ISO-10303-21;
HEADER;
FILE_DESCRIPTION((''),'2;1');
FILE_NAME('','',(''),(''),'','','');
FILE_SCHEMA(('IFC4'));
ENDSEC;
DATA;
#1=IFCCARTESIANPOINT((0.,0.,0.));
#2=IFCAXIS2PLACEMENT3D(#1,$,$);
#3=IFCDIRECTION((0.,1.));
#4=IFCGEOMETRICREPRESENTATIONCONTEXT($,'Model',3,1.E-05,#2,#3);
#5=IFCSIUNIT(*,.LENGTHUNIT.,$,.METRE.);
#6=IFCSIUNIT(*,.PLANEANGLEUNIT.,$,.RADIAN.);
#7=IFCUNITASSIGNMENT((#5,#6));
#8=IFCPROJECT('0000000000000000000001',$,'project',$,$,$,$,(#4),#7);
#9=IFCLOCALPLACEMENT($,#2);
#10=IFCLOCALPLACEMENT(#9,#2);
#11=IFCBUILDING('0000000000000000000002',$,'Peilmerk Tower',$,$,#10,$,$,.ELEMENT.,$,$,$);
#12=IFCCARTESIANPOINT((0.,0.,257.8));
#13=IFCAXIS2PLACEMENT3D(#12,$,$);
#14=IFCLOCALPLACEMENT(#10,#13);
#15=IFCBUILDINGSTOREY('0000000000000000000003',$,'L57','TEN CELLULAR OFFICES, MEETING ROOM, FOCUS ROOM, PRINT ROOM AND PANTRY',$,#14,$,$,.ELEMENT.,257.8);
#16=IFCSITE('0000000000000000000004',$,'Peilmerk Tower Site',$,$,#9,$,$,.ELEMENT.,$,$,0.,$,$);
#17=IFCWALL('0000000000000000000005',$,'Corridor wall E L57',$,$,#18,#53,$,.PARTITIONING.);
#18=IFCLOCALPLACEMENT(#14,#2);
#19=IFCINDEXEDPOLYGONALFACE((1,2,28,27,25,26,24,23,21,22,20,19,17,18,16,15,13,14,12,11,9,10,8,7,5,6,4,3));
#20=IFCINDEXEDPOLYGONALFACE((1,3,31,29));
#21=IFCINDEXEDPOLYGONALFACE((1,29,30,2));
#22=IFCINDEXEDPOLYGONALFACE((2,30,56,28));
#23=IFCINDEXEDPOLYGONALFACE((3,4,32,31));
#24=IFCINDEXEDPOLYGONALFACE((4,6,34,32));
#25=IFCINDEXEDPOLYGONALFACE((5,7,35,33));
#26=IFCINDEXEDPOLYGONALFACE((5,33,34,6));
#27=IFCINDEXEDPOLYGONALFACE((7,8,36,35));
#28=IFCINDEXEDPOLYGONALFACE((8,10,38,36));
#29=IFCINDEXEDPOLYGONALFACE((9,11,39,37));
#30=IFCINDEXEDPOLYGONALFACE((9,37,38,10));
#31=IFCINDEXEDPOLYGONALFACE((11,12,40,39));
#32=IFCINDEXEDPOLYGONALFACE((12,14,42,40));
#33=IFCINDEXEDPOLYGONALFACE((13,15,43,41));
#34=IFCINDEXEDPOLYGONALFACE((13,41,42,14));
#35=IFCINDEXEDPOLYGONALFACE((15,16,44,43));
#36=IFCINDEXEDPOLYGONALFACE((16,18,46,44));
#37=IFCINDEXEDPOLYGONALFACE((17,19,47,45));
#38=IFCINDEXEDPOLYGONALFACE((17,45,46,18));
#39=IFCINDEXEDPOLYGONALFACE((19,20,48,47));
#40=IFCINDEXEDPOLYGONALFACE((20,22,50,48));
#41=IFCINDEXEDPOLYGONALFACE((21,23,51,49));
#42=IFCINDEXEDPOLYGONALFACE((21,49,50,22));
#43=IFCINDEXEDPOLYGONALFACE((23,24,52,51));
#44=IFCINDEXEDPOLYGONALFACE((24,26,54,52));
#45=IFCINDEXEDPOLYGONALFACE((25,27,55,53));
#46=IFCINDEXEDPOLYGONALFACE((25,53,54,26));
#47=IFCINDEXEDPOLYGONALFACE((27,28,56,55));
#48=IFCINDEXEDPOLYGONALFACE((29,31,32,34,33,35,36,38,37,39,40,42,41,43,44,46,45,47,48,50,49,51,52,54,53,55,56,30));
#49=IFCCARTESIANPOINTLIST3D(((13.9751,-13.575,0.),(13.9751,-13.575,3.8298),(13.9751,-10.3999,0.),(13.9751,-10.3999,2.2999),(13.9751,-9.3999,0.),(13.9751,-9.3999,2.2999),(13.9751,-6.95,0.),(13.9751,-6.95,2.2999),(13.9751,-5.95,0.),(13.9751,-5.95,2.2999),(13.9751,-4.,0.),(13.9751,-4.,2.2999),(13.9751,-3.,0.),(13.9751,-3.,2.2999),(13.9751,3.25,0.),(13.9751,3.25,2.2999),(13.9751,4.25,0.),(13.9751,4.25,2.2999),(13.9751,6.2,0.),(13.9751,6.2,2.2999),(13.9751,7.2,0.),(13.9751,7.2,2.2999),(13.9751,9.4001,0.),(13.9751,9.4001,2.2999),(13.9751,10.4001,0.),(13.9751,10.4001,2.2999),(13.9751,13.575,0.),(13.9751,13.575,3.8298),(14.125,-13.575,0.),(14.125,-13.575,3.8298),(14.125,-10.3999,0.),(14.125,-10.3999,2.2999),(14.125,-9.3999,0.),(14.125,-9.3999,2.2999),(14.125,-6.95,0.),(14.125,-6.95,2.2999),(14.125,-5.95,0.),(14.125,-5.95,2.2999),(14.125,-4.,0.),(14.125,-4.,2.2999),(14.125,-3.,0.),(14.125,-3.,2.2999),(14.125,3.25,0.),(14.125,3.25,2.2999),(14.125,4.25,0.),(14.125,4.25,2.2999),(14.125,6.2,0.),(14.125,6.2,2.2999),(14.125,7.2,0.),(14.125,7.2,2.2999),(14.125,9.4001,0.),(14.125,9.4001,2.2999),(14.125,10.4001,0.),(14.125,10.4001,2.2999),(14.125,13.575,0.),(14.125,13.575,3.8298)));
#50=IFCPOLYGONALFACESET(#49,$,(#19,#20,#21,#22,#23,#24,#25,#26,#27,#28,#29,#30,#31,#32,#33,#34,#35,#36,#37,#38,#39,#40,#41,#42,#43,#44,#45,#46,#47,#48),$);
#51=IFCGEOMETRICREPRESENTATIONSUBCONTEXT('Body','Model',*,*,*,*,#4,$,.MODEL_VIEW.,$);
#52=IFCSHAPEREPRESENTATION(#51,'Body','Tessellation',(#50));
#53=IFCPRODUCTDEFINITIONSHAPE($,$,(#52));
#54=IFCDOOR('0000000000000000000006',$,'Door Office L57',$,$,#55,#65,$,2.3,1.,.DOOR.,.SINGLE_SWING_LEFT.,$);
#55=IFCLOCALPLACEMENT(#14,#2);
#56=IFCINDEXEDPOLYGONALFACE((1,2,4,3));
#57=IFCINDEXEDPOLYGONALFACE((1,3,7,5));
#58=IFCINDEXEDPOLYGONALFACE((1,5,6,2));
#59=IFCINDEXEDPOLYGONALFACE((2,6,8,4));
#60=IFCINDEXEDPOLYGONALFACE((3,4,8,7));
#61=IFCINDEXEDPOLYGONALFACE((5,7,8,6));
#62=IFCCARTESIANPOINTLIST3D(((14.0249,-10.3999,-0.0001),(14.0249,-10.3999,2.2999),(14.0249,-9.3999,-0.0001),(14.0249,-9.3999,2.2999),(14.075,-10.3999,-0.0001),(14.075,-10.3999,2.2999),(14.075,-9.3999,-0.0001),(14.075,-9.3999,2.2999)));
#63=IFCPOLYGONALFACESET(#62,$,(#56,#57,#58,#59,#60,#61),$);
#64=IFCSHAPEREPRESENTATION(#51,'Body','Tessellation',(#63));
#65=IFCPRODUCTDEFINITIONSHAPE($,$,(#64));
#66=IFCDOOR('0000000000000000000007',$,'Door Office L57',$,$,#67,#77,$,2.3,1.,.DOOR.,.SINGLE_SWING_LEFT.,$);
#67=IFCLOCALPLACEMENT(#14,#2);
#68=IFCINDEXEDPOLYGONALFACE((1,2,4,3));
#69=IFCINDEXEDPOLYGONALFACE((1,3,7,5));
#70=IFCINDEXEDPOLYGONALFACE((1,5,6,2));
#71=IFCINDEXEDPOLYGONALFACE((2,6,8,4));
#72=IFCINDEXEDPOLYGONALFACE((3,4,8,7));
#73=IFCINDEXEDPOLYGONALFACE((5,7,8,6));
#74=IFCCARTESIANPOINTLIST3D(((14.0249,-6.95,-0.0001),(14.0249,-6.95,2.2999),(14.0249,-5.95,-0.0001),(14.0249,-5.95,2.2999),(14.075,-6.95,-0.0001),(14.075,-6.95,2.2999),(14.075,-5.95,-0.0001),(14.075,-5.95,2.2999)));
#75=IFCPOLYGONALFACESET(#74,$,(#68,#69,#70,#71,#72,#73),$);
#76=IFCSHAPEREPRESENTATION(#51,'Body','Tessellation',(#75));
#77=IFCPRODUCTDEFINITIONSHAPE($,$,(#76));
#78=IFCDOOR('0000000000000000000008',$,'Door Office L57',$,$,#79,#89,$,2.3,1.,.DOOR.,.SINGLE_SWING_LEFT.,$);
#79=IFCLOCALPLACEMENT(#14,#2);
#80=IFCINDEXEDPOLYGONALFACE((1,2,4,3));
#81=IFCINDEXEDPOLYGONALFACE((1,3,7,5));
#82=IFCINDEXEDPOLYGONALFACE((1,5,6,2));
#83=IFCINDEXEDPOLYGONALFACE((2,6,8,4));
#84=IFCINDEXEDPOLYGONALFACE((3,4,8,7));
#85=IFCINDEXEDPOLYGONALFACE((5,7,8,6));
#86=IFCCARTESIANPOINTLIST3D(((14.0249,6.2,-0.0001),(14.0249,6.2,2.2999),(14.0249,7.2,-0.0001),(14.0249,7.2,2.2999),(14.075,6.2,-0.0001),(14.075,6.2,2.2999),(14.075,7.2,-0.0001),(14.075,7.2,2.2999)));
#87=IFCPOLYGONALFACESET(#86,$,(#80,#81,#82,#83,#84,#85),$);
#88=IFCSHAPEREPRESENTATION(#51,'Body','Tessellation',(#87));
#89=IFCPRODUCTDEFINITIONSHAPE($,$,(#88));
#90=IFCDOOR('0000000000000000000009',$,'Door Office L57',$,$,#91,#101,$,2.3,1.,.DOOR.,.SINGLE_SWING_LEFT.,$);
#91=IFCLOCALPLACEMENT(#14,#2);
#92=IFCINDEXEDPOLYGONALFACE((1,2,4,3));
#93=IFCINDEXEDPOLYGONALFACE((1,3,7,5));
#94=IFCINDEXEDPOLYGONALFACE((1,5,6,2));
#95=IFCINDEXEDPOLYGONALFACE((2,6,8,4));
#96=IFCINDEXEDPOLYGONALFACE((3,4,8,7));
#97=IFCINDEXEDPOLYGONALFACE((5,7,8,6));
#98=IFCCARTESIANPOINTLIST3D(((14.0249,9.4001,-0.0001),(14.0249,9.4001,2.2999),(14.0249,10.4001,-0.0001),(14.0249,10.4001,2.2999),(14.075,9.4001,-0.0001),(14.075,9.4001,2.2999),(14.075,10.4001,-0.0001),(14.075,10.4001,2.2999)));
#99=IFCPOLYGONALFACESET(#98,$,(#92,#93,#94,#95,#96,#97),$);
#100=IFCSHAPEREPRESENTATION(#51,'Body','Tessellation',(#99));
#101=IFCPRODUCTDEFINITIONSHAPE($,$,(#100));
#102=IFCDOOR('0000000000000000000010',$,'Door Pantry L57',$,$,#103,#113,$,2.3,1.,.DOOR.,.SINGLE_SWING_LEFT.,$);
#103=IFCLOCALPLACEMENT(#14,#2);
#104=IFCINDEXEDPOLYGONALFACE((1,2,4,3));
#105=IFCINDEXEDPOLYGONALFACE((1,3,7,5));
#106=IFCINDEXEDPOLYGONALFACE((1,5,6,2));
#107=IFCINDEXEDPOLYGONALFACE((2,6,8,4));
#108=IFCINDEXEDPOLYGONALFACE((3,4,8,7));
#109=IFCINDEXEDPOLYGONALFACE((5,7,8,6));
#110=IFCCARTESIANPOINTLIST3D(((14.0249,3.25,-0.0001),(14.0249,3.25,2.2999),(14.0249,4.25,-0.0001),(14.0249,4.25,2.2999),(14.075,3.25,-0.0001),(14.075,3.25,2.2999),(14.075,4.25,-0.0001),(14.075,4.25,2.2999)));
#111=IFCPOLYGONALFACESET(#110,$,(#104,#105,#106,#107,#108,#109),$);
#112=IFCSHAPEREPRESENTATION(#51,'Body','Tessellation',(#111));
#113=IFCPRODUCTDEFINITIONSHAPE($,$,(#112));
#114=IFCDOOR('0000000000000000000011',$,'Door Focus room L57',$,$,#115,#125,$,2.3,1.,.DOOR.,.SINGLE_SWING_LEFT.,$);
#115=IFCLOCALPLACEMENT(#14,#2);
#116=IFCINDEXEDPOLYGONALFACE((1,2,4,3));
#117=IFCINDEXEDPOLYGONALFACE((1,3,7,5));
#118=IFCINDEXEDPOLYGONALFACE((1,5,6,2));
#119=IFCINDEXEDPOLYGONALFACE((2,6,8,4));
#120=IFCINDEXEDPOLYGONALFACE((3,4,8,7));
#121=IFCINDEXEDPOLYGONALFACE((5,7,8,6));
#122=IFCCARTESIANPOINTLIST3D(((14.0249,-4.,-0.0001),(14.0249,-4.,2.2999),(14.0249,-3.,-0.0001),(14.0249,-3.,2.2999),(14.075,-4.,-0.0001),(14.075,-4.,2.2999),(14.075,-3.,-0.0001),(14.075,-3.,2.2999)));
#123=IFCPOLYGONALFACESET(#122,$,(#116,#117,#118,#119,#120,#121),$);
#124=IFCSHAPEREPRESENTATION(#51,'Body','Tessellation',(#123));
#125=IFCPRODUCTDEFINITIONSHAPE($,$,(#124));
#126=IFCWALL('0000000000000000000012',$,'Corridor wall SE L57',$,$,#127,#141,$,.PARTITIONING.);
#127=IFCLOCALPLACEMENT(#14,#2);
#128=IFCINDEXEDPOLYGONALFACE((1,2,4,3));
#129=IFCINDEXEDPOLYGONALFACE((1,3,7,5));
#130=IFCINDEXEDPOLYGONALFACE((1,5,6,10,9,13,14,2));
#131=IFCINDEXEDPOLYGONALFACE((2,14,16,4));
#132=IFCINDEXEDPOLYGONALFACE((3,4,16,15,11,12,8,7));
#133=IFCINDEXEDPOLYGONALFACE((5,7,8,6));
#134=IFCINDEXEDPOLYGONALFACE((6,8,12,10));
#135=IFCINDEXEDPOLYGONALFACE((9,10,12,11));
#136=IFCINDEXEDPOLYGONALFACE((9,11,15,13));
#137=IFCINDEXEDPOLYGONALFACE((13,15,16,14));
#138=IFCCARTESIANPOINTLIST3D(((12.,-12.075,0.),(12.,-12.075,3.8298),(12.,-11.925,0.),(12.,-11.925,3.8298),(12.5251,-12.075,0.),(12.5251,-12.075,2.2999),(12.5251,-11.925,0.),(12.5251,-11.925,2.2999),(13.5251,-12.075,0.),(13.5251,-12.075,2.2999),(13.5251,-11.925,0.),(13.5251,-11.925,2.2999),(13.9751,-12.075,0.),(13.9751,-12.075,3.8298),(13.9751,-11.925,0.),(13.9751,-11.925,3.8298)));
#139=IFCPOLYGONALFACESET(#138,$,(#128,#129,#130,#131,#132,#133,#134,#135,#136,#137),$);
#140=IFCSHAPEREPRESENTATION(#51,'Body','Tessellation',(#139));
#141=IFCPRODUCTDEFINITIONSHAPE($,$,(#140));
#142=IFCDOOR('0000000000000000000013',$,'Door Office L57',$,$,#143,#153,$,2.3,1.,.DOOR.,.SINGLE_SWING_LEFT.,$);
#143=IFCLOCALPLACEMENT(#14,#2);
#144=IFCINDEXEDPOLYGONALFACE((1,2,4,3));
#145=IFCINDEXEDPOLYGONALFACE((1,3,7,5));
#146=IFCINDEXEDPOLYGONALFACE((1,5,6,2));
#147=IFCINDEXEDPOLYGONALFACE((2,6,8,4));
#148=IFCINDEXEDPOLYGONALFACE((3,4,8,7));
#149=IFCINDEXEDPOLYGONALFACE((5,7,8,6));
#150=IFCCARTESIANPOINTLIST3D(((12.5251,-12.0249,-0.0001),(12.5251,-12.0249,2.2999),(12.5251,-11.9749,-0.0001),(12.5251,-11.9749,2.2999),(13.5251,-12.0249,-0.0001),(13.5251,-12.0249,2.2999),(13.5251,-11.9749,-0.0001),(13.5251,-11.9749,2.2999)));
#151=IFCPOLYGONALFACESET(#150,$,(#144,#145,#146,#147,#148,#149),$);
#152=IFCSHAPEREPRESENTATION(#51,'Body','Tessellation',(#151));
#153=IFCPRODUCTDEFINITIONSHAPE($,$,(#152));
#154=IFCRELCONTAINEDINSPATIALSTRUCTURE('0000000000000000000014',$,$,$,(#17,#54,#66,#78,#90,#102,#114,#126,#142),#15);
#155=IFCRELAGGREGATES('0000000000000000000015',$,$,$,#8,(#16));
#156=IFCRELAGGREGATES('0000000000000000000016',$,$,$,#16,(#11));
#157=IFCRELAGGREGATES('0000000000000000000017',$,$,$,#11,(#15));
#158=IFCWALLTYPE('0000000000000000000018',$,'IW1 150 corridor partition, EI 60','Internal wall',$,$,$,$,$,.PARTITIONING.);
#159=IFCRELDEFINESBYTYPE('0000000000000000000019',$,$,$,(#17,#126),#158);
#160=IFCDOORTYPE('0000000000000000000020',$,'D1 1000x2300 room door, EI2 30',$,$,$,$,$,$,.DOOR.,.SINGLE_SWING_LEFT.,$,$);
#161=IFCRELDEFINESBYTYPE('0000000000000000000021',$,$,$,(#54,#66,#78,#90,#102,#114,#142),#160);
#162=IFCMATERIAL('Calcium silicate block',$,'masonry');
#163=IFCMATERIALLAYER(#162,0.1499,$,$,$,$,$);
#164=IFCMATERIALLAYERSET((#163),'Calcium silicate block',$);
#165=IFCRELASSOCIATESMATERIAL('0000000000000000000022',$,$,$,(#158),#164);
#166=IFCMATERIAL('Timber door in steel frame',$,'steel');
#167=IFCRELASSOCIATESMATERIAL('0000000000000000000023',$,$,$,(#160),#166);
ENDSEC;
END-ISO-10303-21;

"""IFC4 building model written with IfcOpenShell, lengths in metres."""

from ifc_helpers import new_model, si_unit, direction, frame, frame_2d, origin, place, context, subcontext, project, spatial, rectangle, extrude, material, layer, layer_set, type_object, element, fill, save


model = new_model("IFC4")

# Units and contexts
model_context = context("Model", 3, precision=1e-05, world=origin(), true_north=direction((0.0, 1.0)))
body_context = subcontext(model_context, "Body", "Model", "MODEL_VIEW")
ifc_project = project(units=[si_unit("LENGTHUNIT", "METRE"), si_unit("PLANEANGLEUNIT", "RADIAN")], contexts=[model_context])

# Site, building, storey
site_placement = place(None, origin())
site = spatial("IfcSite", under=ifc_project, at=site_placement, Name="Peilmerk Tower Site", CompositionType="ELEMENT", RefElevation=0.0)
building_placement = place(site_placement, origin())
building = spatial("IfcBuilding", under=site, at=building_placement, Name="Peilmerk Tower", CompositionType="ELEMENT")
storey_placement = place(building_placement, frame((0.0, 0.0, 257.8)))
storey = spatial("IfcBuildingStorey", under=building, at=storey_placement, Name="L57", Description="TEN CELLULAR OFFICES, MEETING ROOM, FOCUS ROOM, PRINT ROOM AND PANTRY", CompositionType="ELEMENT", Elevation=257.8)

# Wall, openings, doors
ifc_material_1 = material(Name="Calcium silicate block", Category="masonry")
ifc_layer_1 = layer(ifc_material_1, 0.1499)
ifc_layer_set_1 = layer_set([ifc_layer_1], Name="Calcium silicate block")
wall_type_1 = type_object("IfcWallType", Name="IW1 150 corridor partition, EI 60", Description="Internal wall", PredefinedType="PARTITIONING", material=ifc_layer_set_1)
wall_1_placement = place(storey_placement, frame((14.05, -13.575, 0.0), z_axis=(0.0, 0.0, 1.0), x_axis=(0.0, 1.0, 0.0)))
wall_1 = element("IfcWall", 1, at=wall_1_placement, inside=storey, type_object=wall_type_1, Name="Corridor wall E L57", PredefinedType="PARTITIONING", context=body_context, shape_type="SweptSolid", body=[
    extrude(rectangle(XDim=27.1499, YDim=0.1499, at=frame_2d((13.575, 0.0))), origin(), (0.0, 0.0, 1.0), 3.8298),
])
opening_1_placement = place(wall_1_placement, frame((3.175, 0.0, 0.0)))
opening_1 = element("IfcOpeningElement", 2, at=opening_1_placement, cuts=wall_1, PredefinedType="OPENING", context=body_context, shape_type="SweptSolid", body=[
    extrude(rectangle(XDim=1.0, YDim=2.3, at=frame_2d((0.5, 1.1499))), frame((0.0, 0.085, 0.0), z_axis=(0.0, -1.0, 0.0), x_axis=(1.0, 0.0, 0.0)), (0.0, 0.0, 1.0), 0.1699),
])
opening_2_placement = place(wall_1_placement, frame((6.625, 0.0, 0.0)))
opening_2 = element("IfcOpeningElement", 3, at=opening_2_placement, cuts=wall_1, PredefinedType="OPENING", context=body_context, shape_type="SweptSolid", body=[
    extrude(rectangle(XDim=1.0, YDim=2.3, at=frame_2d((0.5, 1.1499))), frame((0.0, 0.085, 0.0), z_axis=(0.0, -1.0, 0.0), x_axis=(1.0, 0.0, 0.0)), (0.0, 0.0, 1.0), 0.1699),
])
opening_3_placement = place(wall_1_placement, frame((19.7749, 0.0, 0.0)))
opening_3 = element("IfcOpeningElement", 4, at=opening_3_placement, cuts=wall_1, PredefinedType="OPENING", context=body_context, shape_type="SweptSolid", body=[
    extrude(rectangle(XDim=1.0, YDim=2.3, at=frame_2d((0.5, 1.1499))), frame((0.0, 0.085, 0.0), z_axis=(0.0, -1.0, 0.0), x_axis=(1.0, 0.0, 0.0)), (0.0, 0.0, 1.0), 0.1699),
])
opening_4_placement = place(wall_1_placement, frame((22.9751, 0.0, 0.0)))
opening_4 = element("IfcOpeningElement", 5, at=opening_4_placement, cuts=wall_1, PredefinedType="OPENING", context=body_context, shape_type="SweptSolid", body=[
    extrude(rectangle(XDim=1.0, YDim=2.3, at=frame_2d((0.5, 1.1499))), frame((0.0, 0.085, 0.0), z_axis=(0.0, -1.0, 0.0), x_axis=(1.0, 0.0, 0.0)), (0.0, 0.0, 1.0), 0.1699),
])
opening_5_placement = place(wall_1_placement, frame((16.825, 0.0, 0.0)))
opening_5 = element("IfcOpeningElement", 6, at=opening_5_placement, cuts=wall_1, PredefinedType="OPENING", context=body_context, shape_type="SweptSolid", body=[
    extrude(rectangle(XDim=1.0, YDim=2.3, at=frame_2d((0.5, 1.1499))), frame((0.0, 0.085, 0.0), z_axis=(0.0, -1.0, 0.0), x_axis=(1.0, 0.0, 0.0)), (0.0, 0.0, 1.0), 0.1699),
])
opening_6_placement = place(wall_1_placement, frame((9.575, 0.0, 0.0)))
opening_6 = element("IfcOpeningElement", 7, at=opening_6_placement, cuts=wall_1, PredefinedType="OPENING", context=body_context, shape_type="SweptSolid", body=[
    extrude(rectangle(XDim=1.0, YDim=2.3, at=frame_2d((0.5, 1.1499))), frame((0.0, 0.085, 0.0), z_axis=(0.0, -1.0, 0.0), x_axis=(1.0, 0.0, 0.0)), (0.0, 0.0, 1.0), 0.1699),
])
ifc_material_2 = material(Name="Timber door in steel frame", Category="steel")
door_type_1 = type_object("IfcDoorType", Name="D1 1000x2300 room door, EI2 30", OperationType="SINGLE_SWING_LEFT", PredefinedType="DOOR", material=ifc_material_2)
door_1_placement = place(opening_1_placement, frame((1.0, 0.0, 0.0), z_axis=(0.0, 0.0, 1.0), x_axis=(-1.0, 0.0, 0.0)))
door_1 = element("IfcDoor", 8, at=door_1_placement, inside=storey, type_object=door_type_1, Name="Door Office L57", OperationType="SINGLE_SWING_LEFT", OverallHeight=2.3, OverallWidth=1.0, PredefinedType="DOOR", context=body_context, shape_type="SweptSolid", body=[
    extrude(rectangle(XDim=1.0, YDim=2.3, at=frame_2d((0.5, 1.1499))), frame((0.0, 0.0249, 0.0), z_axis=(0.0, -1.0, 0.0), x_axis=(1.0, 0.0, 0.0)), (0.0, 0.0, 1.0), 0.05),
])
fill(opening_1, door_1)
door_2_placement = place(opening_2_placement, frame((1.0, 0.0, 0.0), z_axis=(0.0, 0.0, 1.0), x_axis=(-1.0, 0.0, 0.0)))
door_2 = element("IfcDoor", 9, at=door_2_placement, inside=storey, type_object=door_type_1, Name="Door Office L57", OperationType="SINGLE_SWING_LEFT", OverallHeight=2.3, OverallWidth=1.0, PredefinedType="DOOR", context=body_context, shape_type="SweptSolid", body=[
    extrude(rectangle(XDim=1.0, YDim=2.3, at=frame_2d((0.5, 1.1499))), frame((0.0, 0.0249, 0.0), z_axis=(0.0, -1.0, 0.0), x_axis=(1.0, 0.0, 0.0)), (0.0, 0.0, 1.0), 0.05),
])
fill(opening_2, door_2)
door_3_placement = place(opening_3_placement, frame((1.0, 0.0, 0.0), z_axis=(0.0, 0.0, 1.0), x_axis=(-1.0, 0.0, 0.0)))
door_3 = element("IfcDoor", 10, at=door_3_placement, inside=storey, type_object=door_type_1, Name="Door Office L57", OperationType="SINGLE_SWING_LEFT", OverallHeight=2.3, OverallWidth=1.0, PredefinedType="DOOR", context=body_context, shape_type="SweptSolid", body=[
    extrude(rectangle(XDim=1.0, YDim=2.3, at=frame_2d((0.5, 1.1499))), frame((0.0, 0.0249, 0.0), z_axis=(0.0, -1.0, 0.0), x_axis=(1.0, 0.0, 0.0)), (0.0, 0.0, 1.0), 0.05),
])
fill(opening_3, door_3)
door_4_placement = place(opening_4_placement, frame((1.0, 0.0, 0.0), z_axis=(0.0, 0.0, 1.0), x_axis=(-1.0, 0.0, 0.0)))
door_4 = element("IfcDoor", 11, at=door_4_placement, inside=storey, type_object=door_type_1, Name="Door Office L57", OperationType="SINGLE_SWING_LEFT", OverallHeight=2.3, OverallWidth=1.0, PredefinedType="DOOR", context=body_context, shape_type="SweptSolid", body=[
    extrude(rectangle(XDim=1.0, YDim=2.3, at=frame_2d((0.5, 1.1499))), frame((0.0, 0.0249, 0.0), z_axis=(0.0, -1.0, 0.0), x_axis=(1.0, 0.0, 0.0)), (0.0, 0.0, 1.0), 0.05),
])
fill(opening_4, door_4)
door_5_placement = place(opening_5_placement, frame((1.0, 0.0, 0.0), z_axis=(0.0, 0.0, 1.0), x_axis=(-1.0, 0.0, 0.0)))
door_5 = element("IfcDoor", 12, at=door_5_placement, inside=storey, type_object=door_type_1, Name="Door Pantry L57", OperationType="SINGLE_SWING_LEFT", OverallHeight=2.3, OverallWidth=1.0, PredefinedType="DOOR", context=body_context, shape_type="SweptSolid", body=[
    extrude(rectangle(XDim=1.0, YDim=2.3, at=frame_2d((0.5, 1.1499))), frame((0.0, 0.0249, 0.0), z_axis=(0.0, -1.0, 0.0), x_axis=(1.0, 0.0, 0.0)), (0.0, 0.0, 1.0), 0.05),
])
fill(opening_5, door_5)
door_6_placement = place(opening_6_placement, frame((1.0, 0.0, 0.0), z_axis=(0.0, 0.0, 1.0), x_axis=(-1.0, 0.0, 0.0)))
door_6 = element("IfcDoor", 13, at=door_6_placement, inside=storey, type_object=door_type_1, Name="Door Focus room L57", OperationType="SINGLE_SWING_LEFT", OverallHeight=2.3, OverallWidth=1.0, PredefinedType="DOOR", context=body_context, shape_type="SweptSolid", body=[
    extrude(rectangle(XDim=1.0, YDim=2.3, at=frame_2d((0.5, 1.1499))), frame((0.0, 0.0249, 0.0), z_axis=(0.0, -1.0, 0.0), x_axis=(1.0, 0.0, 0.0)), (0.0, 0.0, 1.0), 0.05),
])
fill(opening_6, door_6)

# Wall, opening, door
wall_2_placement = place(storey_placement, frame((13.9751, -12.0, 0.0), z_axis=(0.0, 0.0, 1.0), x_axis=(-1.0, 0.0, 0.0)))
wall_2 = element("IfcWall", 14, at=wall_2_placement, inside=storey, type_object=wall_type_1, Name="Corridor wall SE L57", PredefinedType="PARTITIONING", context=body_context, shape_type="SweptSolid", body=[
    extrude(rectangle(XDim=1.9751, YDim=0.1499, at=frame_2d((0.9875, 0.0))), origin(), (0.0, 0.0, 1.0), 3.8298),
])
opening_7_placement = place(wall_2_placement, frame((0.45, 0.0, 0.0)))
opening_7 = element("IfcOpeningElement", 15, at=opening_7_placement, cuts=wall_2, PredefinedType="OPENING", context=body_context, shape_type="SweptSolid", body=[
    extrude(rectangle(XDim=1.0, YDim=2.3, at=frame_2d((0.5, 1.1499))), frame((0.0, 0.085, 0.0), z_axis=(0.0, -1.0, 0.0), x_axis=(1.0, 0.0, 0.0)), (0.0, 0.0, 1.0), 0.1699),
])
door_7_placement = place(opening_7_placement, origin())
door_7 = element("IfcDoor", 16, at=door_7_placement, inside=storey, type_object=door_type_1, Name="Door Office L57", OperationType="SINGLE_SWING_LEFT", OverallHeight=2.3, OverallWidth=1.0, PredefinedType="DOOR", context=body_context, shape_type="SweptSolid", body=[
    extrude(rectangle(XDim=1.0, YDim=2.3, at=frame_2d((0.5, 1.1499))), frame((0.0, 0.0249, 0.0), z_axis=(0.0, -1.0, 0.0), x_axis=(1.0, 0.0, 0.0)), (0.0, 0.0, 1.0), 0.05),
])
fill(opening_7, door_7)

save(model, "model.ifc")
